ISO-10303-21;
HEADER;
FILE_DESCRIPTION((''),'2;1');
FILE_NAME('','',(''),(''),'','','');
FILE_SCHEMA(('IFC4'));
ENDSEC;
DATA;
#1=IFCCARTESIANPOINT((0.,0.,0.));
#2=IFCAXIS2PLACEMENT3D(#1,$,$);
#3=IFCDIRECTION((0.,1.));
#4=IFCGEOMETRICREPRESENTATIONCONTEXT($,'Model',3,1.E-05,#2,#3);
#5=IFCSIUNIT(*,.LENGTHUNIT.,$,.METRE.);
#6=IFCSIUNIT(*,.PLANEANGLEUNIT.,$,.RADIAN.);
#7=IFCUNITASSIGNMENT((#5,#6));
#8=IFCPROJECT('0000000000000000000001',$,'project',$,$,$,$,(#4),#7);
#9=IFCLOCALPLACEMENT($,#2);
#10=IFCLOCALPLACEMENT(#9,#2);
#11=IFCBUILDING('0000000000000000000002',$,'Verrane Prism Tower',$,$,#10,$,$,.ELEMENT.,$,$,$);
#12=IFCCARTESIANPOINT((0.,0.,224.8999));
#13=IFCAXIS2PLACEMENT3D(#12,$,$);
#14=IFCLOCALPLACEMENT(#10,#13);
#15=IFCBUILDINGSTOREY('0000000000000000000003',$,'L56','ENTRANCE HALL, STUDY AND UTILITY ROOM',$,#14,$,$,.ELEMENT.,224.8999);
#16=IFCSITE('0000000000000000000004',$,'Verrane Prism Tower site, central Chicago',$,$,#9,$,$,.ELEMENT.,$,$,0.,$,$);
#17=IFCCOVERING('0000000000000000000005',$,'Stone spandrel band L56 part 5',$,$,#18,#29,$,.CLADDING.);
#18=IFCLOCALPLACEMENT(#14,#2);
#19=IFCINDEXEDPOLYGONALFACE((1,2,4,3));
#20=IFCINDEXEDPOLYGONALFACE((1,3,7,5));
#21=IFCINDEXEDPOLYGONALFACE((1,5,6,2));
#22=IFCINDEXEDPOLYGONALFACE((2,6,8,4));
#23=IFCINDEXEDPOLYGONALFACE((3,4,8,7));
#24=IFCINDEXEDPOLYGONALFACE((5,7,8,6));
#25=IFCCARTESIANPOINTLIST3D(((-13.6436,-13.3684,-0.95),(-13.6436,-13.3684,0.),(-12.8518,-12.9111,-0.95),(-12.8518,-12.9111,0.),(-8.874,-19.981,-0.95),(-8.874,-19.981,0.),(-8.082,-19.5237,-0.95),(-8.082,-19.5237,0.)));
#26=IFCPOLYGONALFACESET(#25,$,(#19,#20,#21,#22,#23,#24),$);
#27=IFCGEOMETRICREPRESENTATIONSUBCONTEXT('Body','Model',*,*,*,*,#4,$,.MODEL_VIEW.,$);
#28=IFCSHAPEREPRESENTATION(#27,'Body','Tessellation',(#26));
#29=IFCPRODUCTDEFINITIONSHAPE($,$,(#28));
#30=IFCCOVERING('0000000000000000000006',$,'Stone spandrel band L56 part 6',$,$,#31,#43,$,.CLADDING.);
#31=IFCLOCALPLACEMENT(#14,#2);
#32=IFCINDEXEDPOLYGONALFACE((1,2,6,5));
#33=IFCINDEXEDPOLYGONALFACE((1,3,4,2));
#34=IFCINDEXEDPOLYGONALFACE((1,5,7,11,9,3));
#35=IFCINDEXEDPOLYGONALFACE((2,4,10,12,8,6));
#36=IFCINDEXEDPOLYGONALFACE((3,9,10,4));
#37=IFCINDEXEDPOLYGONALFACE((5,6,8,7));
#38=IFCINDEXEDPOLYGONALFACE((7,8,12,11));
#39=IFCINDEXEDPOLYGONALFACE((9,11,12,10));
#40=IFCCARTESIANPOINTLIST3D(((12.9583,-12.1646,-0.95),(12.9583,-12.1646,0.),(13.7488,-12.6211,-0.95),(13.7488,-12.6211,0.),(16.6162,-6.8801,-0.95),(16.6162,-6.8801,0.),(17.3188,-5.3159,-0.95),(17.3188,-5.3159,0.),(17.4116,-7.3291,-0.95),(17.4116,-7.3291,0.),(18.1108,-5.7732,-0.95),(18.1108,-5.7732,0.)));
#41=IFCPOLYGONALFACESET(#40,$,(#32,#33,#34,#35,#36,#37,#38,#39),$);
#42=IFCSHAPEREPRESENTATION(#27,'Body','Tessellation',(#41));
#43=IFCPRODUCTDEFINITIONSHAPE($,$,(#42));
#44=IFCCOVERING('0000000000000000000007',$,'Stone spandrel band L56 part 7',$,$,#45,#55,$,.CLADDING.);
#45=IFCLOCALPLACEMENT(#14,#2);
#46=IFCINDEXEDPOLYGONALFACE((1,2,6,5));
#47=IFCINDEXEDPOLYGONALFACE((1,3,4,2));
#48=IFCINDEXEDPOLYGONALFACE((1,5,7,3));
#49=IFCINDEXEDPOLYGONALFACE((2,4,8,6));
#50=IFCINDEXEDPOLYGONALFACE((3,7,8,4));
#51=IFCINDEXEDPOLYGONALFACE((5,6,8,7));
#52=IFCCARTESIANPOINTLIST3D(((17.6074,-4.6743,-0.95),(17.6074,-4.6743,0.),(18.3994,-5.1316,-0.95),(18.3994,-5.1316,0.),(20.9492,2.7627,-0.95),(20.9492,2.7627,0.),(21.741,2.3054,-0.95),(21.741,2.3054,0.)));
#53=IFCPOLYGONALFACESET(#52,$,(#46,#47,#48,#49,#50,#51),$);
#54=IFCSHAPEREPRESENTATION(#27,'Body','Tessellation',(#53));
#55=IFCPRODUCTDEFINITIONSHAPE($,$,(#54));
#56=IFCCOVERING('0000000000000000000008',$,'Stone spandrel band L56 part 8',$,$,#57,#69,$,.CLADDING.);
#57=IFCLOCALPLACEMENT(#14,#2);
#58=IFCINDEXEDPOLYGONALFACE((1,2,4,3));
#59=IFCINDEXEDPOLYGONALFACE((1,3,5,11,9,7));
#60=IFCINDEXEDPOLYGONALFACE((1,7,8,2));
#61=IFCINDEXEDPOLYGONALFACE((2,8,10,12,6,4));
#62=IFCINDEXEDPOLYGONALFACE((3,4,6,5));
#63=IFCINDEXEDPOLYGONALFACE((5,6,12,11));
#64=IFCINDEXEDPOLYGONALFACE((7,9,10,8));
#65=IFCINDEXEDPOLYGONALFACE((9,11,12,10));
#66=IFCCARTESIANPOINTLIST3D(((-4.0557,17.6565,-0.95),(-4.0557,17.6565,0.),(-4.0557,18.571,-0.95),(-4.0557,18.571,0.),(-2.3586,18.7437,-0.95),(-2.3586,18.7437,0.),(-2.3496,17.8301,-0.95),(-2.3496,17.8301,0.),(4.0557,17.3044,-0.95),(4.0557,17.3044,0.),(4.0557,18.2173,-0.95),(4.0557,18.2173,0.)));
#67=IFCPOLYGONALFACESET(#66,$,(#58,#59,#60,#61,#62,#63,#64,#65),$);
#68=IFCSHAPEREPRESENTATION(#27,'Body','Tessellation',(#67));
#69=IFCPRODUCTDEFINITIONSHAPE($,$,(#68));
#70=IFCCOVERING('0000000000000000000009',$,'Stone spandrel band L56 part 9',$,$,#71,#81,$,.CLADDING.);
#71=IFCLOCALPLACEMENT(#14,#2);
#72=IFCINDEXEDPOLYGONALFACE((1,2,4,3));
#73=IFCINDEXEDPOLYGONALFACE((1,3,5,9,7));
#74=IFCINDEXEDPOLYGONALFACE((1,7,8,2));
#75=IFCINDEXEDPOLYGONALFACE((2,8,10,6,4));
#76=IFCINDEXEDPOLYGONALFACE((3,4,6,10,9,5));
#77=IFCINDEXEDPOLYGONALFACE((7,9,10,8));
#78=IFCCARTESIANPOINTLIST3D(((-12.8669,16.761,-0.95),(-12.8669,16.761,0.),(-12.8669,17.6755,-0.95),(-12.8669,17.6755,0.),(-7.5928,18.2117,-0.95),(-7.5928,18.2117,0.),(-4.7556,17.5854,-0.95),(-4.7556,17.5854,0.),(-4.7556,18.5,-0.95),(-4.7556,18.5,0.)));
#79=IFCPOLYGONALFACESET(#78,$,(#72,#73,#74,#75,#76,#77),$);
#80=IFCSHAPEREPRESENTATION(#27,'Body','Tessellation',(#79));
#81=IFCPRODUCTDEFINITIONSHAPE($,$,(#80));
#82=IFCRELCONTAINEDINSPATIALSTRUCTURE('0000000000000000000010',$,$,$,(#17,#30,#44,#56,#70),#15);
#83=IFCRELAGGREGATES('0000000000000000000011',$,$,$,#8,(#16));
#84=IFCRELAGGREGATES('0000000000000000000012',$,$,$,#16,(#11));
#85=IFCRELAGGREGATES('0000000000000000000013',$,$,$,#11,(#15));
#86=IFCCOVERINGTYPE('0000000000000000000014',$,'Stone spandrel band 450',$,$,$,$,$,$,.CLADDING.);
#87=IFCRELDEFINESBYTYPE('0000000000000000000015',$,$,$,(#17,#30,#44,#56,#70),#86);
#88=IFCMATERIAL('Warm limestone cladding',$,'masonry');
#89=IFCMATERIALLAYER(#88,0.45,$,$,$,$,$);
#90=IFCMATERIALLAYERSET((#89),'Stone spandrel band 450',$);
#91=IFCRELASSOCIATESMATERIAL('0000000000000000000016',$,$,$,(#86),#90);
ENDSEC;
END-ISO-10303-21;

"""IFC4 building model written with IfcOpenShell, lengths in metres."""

from ifc_helpers import new_model, si_unit, direction, frame, origin, place, context, subcontext, project, spatial, polyline, outline, extrude, material, layer, layer_set, type_object, element, save


model = new_model("IFC4")

# Units and contexts
model_context = context("Model", 3, precision=1e-05, world=origin(), true_north=direction((0.0, 1.0)))
body_context = subcontext(model_context, "Body", "Model", "MODEL_VIEW")
ifc_project = project(units=[si_unit("LENGTHUNIT", "METRE"), si_unit("PLANEANGLEUNIT", "RADIAN")], contexts=[model_context])

# Site, building, storey
site_placement = place(None, origin())
site = spatial("IfcSite", under=ifc_project, at=site_placement, Name="Verrane Prism Tower site, central Chicago", CompositionType="ELEMENT", RefElevation=0.0)
building_placement = place(site_placement, origin())
building = spatial("IfcBuilding", under=site, at=building_placement, Name="Verrane Prism Tower", CompositionType="ELEMENT")
storey_placement = place(building_placement, frame((0.0, 0.0, 224.8999)))
storey = spatial("IfcBuildingStorey", under=building, at=storey_placement, Name="L56", Description="ENTRANCE HALL, STUDY AND UTILITY ROOM", CompositionType="ELEMENT", Elevation=224.8999)

# Coverings
ifc_material_1 = material(Name="Warm limestone cladding", Category="masonry")
ifc_layer_1 = layer(ifc_material_1, 0.45)
ifc_layer_set_1 = layer_set([ifc_layer_1], Name="Stone spandrel band 450")
covering_type = type_object("IfcCoveringType", Name="Stone spandrel band 450", PredefinedType="CLADDING", material=ifc_layer_set_1)
covering_1_placement = place(storey_placement, frame((0.0, 0.0, -0.95)))
element("IfcCovering", 1, at=covering_1_placement, inside=storey, type_object=covering_type, Name="Stone spandrel band L56 part 5", PredefinedType="CLADDING", context=body_context, shape_type="SweptSolid", body=[
    extrude(outline(polyline([(-8.082, -19.5237), (-12.8518, -12.9111), (-13.6436, -13.3684), (-8.874, -19.981), (-8.082, -19.5237)])), origin(), (0.0, 0.0, 1.0), 0.95),
])
covering_2_placement = place(storey_placement, frame((0.0, 0.0, -0.95)))
element("IfcCovering", 2, at=covering_2_placement, inside=storey, type_object=covering_type, Name="Stone spandrel band L56 part 6", PredefinedType="CLADDING", context=body_context, shape_type="SweptSolid", body=[
    extrude(outline(polyline([(18.1108, -5.7732), (17.3188, -5.3159), (16.6162, -6.8801), (12.9583, -12.1646), (13.7488, -12.6211), (17.4116, -7.3291), (18.1108, -5.7732)])), origin(), (0.0, 0.0, 1.0), 0.95),
])
covering_3_placement = place(storey_placement, frame((0.0, 0.0, -0.95)))
element("IfcCovering", 3, at=covering_3_placement, inside=storey, type_object=covering_type, Name="Stone spandrel band L56 part 7", PredefinedType="CLADDING", context=body_context, shape_type="SweptSolid", body=[
    extrude(outline(polyline([(21.741, 2.3054), (20.9492, 2.7627), (17.6074, -4.6743), (18.3994, -5.1316), (21.741, 2.3054)])), origin(), (0.0, 0.0, 1.0), 0.95),
])
covering_4_placement = place(storey_placement, frame((0.0, 0.0, -0.95)))
element("IfcCovering", 4, at=covering_4_placement, inside=storey, type_object=covering_type, Name="Stone spandrel band L56 part 8", PredefinedType="CLADDING", context=body_context, shape_type="SweptSolid", body=[
    extrude(outline(polyline([(-4.0557, 18.571), (-4.0557, 17.6565), (-2.3496, 17.8301), (4.0557, 17.3044), (4.0557, 18.2173), (-2.3586, 18.7437), (-4.0557, 18.571)])), origin(), (0.0, 0.0, 1.0), 0.95),
])
covering_5_placement = place(storey_placement, frame((0.0, 0.0, -0.95)))
element("IfcCovering", 5, at=covering_5_placement, inside=storey, type_object=covering_type, Name="Stone spandrel band L56 part 9", PredefinedType="CLADDING", context=body_context, shape_type="SweptSolid", body=[
    extrude(outline(polyline([(-12.8669, 16.761), (-4.7556, 17.5854), (-4.7556, 18.5), (-7.5928, 18.2117), (-12.8669, 17.6755), (-12.8669, 16.761)])), origin(), (0.0, 0.0, 1.0), 0.95),
])

save(model, "model.ifc")
